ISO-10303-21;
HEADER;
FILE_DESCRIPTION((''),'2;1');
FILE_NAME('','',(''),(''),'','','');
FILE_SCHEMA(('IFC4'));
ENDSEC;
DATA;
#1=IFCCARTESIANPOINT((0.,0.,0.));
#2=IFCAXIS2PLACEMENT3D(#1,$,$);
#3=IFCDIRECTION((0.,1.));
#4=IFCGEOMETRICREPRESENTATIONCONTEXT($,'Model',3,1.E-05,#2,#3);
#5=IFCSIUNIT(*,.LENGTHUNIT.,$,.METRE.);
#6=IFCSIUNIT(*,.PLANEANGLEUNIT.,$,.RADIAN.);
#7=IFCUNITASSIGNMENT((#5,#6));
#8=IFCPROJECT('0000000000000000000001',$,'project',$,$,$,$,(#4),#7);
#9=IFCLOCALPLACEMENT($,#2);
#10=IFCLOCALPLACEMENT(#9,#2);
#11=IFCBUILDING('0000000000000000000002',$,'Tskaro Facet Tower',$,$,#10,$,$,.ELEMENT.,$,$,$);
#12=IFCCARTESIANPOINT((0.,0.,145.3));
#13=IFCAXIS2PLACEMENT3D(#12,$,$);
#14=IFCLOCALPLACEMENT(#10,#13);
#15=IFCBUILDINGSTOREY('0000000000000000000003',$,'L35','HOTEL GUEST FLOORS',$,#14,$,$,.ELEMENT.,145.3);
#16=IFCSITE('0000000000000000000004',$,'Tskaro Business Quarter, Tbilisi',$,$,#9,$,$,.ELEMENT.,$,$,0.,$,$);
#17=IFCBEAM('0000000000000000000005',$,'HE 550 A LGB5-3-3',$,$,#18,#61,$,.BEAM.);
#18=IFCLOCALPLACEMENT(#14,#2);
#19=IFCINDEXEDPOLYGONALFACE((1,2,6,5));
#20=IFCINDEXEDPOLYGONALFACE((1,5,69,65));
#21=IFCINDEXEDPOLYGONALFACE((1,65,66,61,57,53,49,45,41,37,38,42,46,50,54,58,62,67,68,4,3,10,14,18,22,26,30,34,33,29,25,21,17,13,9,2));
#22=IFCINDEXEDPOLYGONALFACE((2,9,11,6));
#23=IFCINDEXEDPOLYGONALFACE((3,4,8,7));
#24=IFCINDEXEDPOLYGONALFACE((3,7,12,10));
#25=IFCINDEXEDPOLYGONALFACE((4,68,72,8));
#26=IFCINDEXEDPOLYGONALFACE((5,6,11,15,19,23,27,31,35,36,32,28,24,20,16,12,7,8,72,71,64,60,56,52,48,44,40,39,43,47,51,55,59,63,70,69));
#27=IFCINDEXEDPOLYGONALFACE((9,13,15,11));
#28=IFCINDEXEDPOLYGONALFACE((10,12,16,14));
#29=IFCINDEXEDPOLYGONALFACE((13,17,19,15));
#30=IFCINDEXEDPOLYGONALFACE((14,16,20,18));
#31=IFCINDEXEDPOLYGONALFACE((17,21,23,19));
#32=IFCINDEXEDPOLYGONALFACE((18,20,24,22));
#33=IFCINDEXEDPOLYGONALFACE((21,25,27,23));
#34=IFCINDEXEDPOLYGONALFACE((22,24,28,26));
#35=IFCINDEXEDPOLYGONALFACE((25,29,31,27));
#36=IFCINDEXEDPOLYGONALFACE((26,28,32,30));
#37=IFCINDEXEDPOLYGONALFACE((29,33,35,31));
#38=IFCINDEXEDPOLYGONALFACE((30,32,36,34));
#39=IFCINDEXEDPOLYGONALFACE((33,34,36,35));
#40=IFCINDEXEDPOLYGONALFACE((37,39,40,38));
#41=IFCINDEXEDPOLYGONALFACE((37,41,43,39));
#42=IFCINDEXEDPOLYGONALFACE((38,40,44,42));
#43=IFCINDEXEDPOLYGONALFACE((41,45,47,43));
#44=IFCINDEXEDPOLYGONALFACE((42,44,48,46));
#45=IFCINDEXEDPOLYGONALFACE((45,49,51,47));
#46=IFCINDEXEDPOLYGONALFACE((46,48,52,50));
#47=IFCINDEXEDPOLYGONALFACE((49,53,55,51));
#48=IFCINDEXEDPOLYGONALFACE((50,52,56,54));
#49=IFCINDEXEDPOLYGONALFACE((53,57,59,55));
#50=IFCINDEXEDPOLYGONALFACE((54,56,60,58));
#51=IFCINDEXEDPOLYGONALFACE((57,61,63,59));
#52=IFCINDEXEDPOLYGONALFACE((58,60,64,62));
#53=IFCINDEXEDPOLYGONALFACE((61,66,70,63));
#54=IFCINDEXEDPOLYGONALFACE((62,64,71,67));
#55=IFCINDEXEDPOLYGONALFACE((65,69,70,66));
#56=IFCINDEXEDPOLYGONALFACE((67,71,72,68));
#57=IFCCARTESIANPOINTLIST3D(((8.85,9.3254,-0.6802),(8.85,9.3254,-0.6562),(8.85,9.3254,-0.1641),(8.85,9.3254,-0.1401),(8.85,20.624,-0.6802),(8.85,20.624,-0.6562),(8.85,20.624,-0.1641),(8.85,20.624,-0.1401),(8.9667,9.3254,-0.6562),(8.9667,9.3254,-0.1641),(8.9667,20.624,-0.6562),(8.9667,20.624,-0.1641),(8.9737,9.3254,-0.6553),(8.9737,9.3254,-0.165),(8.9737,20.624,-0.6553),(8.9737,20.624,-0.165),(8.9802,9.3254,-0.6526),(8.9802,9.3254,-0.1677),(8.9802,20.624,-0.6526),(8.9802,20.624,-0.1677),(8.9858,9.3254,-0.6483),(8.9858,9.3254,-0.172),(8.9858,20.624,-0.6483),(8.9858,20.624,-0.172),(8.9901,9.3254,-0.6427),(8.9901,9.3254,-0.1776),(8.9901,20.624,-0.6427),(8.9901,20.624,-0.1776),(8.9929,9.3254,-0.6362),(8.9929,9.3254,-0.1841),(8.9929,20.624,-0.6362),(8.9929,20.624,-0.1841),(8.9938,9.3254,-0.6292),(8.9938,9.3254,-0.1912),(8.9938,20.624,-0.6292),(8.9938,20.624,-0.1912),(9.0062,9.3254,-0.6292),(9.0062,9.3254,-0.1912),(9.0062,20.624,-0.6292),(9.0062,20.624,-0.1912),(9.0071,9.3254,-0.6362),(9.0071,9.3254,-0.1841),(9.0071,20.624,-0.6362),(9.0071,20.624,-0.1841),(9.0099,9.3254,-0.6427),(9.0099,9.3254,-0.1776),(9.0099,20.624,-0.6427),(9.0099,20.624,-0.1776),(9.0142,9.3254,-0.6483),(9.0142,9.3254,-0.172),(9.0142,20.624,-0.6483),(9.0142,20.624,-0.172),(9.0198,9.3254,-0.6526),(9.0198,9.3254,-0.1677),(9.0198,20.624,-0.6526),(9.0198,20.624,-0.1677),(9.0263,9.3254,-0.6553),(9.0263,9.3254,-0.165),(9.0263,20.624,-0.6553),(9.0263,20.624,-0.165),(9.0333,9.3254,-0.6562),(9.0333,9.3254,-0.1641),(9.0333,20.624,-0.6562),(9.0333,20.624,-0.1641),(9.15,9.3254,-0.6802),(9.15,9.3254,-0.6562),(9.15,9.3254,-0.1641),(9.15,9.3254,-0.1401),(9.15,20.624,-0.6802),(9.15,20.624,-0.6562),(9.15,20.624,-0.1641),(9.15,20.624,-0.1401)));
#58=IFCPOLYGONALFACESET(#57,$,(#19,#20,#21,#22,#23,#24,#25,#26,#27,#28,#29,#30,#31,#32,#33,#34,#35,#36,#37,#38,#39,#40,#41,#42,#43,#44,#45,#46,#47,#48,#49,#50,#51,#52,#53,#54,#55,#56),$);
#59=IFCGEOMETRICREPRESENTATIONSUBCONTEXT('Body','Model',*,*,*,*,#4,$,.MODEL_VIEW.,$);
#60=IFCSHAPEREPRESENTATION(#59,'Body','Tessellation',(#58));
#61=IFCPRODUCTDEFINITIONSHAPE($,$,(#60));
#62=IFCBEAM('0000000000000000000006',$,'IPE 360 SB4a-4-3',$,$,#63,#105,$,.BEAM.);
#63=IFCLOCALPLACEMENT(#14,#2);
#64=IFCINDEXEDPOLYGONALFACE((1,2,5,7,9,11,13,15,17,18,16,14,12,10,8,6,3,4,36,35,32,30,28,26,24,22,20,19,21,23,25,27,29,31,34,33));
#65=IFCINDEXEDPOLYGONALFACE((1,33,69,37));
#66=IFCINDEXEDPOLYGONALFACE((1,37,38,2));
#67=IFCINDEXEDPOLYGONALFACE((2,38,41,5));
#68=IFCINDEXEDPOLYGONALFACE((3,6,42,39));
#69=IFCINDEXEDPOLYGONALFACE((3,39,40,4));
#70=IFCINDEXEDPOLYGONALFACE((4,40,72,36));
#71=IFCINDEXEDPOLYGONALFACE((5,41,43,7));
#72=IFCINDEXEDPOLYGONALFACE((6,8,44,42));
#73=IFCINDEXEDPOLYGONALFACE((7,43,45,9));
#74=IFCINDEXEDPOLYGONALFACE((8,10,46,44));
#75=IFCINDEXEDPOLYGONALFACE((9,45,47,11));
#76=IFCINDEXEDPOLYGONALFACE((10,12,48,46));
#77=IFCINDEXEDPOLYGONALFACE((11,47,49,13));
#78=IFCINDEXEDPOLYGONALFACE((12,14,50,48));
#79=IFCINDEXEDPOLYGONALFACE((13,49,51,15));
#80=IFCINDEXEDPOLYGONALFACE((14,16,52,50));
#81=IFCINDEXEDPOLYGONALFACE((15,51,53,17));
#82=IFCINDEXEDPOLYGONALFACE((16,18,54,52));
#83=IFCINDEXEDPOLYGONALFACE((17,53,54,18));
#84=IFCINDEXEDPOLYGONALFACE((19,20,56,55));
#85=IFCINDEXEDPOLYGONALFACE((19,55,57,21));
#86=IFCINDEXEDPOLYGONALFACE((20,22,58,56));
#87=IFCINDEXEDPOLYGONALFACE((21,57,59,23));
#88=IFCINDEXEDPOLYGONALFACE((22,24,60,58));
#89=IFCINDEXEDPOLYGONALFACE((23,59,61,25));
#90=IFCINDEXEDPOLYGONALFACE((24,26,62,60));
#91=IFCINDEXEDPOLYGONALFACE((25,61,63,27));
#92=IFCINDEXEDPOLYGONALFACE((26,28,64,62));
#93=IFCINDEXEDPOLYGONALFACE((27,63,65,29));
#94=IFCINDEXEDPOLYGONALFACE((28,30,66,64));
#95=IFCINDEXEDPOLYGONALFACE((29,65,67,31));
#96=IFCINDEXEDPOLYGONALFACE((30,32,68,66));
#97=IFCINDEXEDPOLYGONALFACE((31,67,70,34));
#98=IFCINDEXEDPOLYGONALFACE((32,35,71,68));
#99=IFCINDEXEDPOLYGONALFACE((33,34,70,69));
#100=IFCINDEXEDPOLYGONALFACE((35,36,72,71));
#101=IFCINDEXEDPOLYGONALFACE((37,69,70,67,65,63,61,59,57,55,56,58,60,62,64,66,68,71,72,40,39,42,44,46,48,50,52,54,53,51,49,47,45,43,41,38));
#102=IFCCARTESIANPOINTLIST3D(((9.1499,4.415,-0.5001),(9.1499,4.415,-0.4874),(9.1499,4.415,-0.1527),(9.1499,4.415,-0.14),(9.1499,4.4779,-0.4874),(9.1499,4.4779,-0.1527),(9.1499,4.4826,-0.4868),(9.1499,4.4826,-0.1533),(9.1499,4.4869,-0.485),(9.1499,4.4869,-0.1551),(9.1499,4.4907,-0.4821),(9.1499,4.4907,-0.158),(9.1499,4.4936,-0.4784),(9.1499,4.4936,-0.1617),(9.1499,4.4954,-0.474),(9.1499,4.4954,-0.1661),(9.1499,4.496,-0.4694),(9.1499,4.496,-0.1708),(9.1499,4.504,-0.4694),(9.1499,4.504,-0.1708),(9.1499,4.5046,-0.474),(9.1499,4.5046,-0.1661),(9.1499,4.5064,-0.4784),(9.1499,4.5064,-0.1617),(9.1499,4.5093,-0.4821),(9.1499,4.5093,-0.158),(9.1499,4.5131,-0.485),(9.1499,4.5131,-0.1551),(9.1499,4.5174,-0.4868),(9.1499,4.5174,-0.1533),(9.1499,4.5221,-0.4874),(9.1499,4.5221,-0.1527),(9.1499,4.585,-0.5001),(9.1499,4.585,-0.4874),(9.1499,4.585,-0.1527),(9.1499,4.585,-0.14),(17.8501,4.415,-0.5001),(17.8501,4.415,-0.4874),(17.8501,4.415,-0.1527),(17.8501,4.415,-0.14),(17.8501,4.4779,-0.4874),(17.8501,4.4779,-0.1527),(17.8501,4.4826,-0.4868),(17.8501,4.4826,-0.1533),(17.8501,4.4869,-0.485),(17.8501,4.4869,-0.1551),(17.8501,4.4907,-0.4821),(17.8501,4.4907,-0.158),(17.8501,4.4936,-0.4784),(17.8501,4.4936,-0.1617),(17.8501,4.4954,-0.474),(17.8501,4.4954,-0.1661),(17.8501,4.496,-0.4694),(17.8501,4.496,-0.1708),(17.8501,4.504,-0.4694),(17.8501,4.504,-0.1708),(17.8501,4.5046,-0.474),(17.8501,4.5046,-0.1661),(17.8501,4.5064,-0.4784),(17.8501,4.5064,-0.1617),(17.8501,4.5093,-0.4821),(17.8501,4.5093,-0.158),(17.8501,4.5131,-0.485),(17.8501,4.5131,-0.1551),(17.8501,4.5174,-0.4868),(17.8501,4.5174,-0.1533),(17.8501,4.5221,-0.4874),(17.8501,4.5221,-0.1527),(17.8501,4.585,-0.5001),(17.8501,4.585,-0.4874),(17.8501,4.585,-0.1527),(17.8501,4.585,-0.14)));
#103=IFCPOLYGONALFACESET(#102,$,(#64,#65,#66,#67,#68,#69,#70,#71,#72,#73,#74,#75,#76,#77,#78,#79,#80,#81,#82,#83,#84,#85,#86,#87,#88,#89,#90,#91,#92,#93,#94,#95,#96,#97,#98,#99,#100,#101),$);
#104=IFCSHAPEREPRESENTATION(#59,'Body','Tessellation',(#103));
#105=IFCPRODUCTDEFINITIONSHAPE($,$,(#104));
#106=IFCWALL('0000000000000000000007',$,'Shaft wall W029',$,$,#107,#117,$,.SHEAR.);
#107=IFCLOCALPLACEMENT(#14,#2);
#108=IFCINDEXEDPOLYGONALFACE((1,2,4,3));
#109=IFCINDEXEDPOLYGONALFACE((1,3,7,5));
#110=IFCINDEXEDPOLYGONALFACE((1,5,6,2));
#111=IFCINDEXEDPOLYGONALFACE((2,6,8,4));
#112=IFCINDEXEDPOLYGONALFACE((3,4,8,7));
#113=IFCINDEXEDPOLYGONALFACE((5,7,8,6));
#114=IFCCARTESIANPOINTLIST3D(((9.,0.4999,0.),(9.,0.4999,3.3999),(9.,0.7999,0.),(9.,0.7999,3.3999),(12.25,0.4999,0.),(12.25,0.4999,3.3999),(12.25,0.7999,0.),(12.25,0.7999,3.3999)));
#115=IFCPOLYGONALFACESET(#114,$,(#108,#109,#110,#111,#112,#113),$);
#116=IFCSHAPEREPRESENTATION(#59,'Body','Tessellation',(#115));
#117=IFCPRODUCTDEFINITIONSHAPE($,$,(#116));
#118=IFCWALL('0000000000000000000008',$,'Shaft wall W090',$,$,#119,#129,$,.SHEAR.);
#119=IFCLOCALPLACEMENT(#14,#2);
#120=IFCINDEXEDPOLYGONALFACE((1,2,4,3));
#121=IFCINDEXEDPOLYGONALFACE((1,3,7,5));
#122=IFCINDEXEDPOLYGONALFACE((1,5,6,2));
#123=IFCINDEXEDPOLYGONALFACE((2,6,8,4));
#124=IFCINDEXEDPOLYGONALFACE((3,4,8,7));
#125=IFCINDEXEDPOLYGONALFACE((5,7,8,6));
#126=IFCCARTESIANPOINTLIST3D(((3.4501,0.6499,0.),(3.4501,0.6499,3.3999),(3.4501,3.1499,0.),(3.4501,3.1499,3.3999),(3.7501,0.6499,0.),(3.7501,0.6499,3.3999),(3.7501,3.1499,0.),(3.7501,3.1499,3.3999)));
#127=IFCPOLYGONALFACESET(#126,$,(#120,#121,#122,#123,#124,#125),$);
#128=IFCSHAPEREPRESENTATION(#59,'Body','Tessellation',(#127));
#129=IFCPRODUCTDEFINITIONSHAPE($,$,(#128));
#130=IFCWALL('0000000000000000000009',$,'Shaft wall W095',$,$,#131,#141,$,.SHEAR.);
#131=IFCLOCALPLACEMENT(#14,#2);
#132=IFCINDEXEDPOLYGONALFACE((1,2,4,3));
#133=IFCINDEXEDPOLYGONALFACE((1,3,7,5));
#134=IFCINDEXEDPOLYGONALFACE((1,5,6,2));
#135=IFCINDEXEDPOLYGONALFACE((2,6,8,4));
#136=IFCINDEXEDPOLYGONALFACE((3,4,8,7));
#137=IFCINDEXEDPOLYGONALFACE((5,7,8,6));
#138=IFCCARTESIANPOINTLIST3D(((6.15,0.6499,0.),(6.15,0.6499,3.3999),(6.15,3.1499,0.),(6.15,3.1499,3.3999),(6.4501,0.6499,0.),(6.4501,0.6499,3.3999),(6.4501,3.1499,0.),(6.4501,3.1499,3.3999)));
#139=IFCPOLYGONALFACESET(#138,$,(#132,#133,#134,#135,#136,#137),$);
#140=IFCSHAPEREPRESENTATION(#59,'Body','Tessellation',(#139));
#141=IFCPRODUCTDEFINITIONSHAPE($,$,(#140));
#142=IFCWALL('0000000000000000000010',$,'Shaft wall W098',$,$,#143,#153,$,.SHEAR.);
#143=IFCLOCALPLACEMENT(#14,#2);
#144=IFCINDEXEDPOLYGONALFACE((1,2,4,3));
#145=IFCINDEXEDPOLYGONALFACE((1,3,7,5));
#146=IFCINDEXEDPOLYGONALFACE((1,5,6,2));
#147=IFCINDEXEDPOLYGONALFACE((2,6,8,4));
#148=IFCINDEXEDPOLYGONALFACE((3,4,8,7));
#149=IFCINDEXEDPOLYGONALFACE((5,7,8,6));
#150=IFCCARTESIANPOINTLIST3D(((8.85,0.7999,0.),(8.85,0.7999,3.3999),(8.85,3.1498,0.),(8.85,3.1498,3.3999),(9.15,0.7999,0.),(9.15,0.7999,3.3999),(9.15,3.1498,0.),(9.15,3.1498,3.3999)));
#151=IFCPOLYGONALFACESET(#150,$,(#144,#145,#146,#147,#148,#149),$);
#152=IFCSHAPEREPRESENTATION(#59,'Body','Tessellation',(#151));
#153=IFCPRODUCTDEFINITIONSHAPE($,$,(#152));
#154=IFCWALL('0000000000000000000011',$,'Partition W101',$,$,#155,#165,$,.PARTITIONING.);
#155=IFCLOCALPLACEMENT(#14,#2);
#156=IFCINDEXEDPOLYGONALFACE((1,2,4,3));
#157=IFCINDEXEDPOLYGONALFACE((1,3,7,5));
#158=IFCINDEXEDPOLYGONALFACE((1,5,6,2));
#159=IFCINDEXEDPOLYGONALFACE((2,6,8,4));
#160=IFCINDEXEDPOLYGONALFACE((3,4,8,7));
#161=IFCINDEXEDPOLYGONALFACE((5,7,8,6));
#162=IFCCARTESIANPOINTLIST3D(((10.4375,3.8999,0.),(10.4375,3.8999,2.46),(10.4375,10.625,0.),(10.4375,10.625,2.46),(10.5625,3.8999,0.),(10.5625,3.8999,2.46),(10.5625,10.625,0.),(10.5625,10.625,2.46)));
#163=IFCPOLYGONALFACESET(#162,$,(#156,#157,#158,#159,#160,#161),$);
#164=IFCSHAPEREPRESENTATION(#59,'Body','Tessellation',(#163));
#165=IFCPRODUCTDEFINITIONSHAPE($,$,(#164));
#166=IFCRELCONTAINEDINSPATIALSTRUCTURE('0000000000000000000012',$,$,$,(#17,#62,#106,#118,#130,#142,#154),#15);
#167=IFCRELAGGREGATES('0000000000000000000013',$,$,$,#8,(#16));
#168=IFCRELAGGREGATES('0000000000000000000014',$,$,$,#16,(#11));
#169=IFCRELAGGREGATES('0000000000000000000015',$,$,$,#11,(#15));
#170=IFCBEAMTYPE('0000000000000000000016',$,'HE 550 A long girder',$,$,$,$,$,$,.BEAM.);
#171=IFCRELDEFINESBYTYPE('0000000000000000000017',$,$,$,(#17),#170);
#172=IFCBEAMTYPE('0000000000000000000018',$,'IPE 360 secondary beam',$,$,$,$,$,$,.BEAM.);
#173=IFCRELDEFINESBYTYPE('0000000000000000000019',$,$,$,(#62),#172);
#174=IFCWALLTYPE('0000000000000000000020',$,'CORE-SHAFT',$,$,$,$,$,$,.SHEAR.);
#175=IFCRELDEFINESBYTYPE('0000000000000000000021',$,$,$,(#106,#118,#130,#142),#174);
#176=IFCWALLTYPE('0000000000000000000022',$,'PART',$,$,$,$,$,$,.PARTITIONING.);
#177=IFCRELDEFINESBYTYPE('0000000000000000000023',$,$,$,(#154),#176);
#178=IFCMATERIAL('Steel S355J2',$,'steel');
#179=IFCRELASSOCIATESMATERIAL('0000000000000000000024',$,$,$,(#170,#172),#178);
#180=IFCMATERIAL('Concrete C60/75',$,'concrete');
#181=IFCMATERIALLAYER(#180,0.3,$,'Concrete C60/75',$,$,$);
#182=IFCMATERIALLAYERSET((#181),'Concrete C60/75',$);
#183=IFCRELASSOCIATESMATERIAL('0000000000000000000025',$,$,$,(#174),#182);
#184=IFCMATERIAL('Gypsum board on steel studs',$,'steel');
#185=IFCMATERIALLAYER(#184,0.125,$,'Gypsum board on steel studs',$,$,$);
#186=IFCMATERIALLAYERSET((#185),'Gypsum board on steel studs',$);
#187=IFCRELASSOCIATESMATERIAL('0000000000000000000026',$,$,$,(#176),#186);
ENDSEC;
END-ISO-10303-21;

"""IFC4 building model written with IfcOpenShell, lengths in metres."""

from ifc_helpers import new_model, si_unit, direction, frame, frame_2d, origin, origin_2d, place, context, subcontext, project, spatial, rectangle, i_section, extrude, material, layer, layer_set, material_profile, profile_set, type_object, element, save


model = new_model("IFC4")

# Units and contexts
model_context = context("Model", 3, precision=1e-05, world=origin(), true_north=direction((0.0, 1.0)))
body_context = subcontext(model_context, "Body", "Model", "MODEL_VIEW")
ifc_project = project(units=[si_unit("LENGTHUNIT", "METRE"), si_unit("PLANEANGLEUNIT", "RADIAN")], contexts=[model_context])

# Site, building, storey
site_placement = place(None, origin())
site = spatial("IfcSite", under=ifc_project, at=site_placement, Name="Tskaro Business Quarter, Tbilisi", CompositionType="ELEMENT", RefElevation=0.0)
building_placement = place(site_placement, origin())
building = spatial("IfcBuilding", under=site, at=building_placement, Name="Tskaro Facet Tower", CompositionType="ELEMENT")
storey_placement = place(building_placement, frame((0.0, 0.0, 145.3)))
storey = spatial("IfcBuildingStorey", under=building, at=storey_placement, Name="L35", Description="HOTEL GUEST FLOORS", CompositionType="ELEMENT", Elevation=145.3)

# Beams
ifc_material_1 = material(Name="Steel S355J2", Category="steel")
ifc_material_profile_1 = material_profile(ifc_material_1, i_section(OverallWidth=0.3, OverallDepth=0.54, WebThickness=0.0125, FlangeThickness=0.0239, FilletRadius=0.0271, at=origin_2d()), Name="HE 550 A")
ifc_profile_set_1 = profile_set([ifc_material_profile_1], Name="Steel S355J2")
beam_type_1 = type_object("IfcBeamType", Name="HE 550 A long girder", PredefinedType="BEAM", material=ifc_profile_set_1)
beam_1_placement = place(storey_placement, frame((9.0, 9.3254, -0.4102), z_axis=(0.0, 1.0, 0.0), x_axis=(-1.0, 0.0, 0.0)))
element("IfcBeam", 1, at=beam_1_placement, inside=storey, type_object=beam_type_1, Name="HE 550 A LGB5-3-3", PredefinedType="BEAM", context=body_context, shape_type="SweptSolid", body=[
    extrude(i_section(OverallWidth=0.3, OverallDepth=0.54, WebThickness=0.0125, FlangeThickness=0.0239, FilletRadius=0.0271, at=origin_2d()), origin(), (0.0, 0.0, 1.0), 11.2986),
])
ifc_material_profile_2 = material_profile(ifc_material_1, i_section(OverallWidth=0.1699, OverallDepth=0.3601, WebThickness=0.0081, FlangeThickness=0.0127, FilletRadius=0.0181, at=origin_2d()), Name="IPE 360")
ifc_profile_set_2 = profile_set([ifc_material_profile_2], Name="Steel S355J2")
beam_type_2 = type_object("IfcBeamType", Name="IPE 360 secondary beam", PredefinedType="BEAM", material=ifc_profile_set_2)
beam_2_placement = place(storey_placement, frame((9.1499, 4.5, -0.3201), z_axis=(1.0, 0.0, 0.0), x_axis=(0.0, 1.0, 0.0)))
element("IfcBeam", 2, at=beam_2_placement, inside=storey, type_object=beam_type_2, Name="IPE 360 SB4a-4-3", PredefinedType="BEAM", context=body_context, shape_type="SweptSolid", body=[
    extrude(i_section(OverallWidth=0.1699, OverallDepth=0.3601, WebThickness=0.0081, FlangeThickness=0.0127, FilletRadius=0.0181, at=origin_2d()), origin(), (0.0, 0.0, 1.0), 8.7002),
])

# Walls
ifc_material_2 = material(Name="Concrete C60/75", Category="concrete")
ifc_layer_1 = layer(ifc_material_2, 0.3, Name="Concrete C60/75")
ifc_layer_set_1 = layer_set([ifc_layer_1], Name="Concrete C60/75")
wall_type_1 = type_object("IfcWallType", Name="CORE-SHAFT", PredefinedType="SHEAR", material=ifc_layer_set_1)
wall_1_placement = place(storey_placement, frame((12.25, 0.6499, 0.0), z_axis=(0.0, 0.0, 1.0), x_axis=(-1.0, 0.0, 0.0)))
element("IfcWall", 3, at=wall_1_placement, inside=storey, type_object=wall_type_1, Name="Shaft wall W029", PredefinedType="SHEAR", context=body_context, shape_type="SweptSolid", body=[
    extrude(rectangle(XDim=3.25, YDim=0.3, at=frame_2d((1.625, 0.0))), origin(), (0.0, 0.0, 1.0), 3.3999),
])
for number, where, z_axis, x_axis, name in (
    (4, (3.6001, 0.6499, 0.0), (0.0, 0.0, 1.0), (0.0, 1.0, 0.0), "Shaft wall W090"),
    (5, (6.3, 0.6499, 0.0), (0.0, 0.0, 1.0), (0.0, 1.0, 0.0), "Shaft wall W095"),
):
    element("IfcWall", number, at=place(storey_placement, frame(where, z_axis=z_axis, x_axis=x_axis)), inside=storey, type_object=wall_type_1, Name=name, PredefinedType="SHEAR", context=body_context, shape_type="SweptSolid", body=[
        extrude(rectangle(XDim=2.5, YDim=0.3, at=frame_2d((1.25, 0.0))), origin(), (0.0, 0.0, 1.0), 3.3999),
    ])
wall_2_placement = place(storey_placement, frame((9.0, 0.8, 0.0), z_axis=(0.0, 0.0, 1.0), x_axis=(0.0, 1.0, 0.0)))
element("IfcWall", 6, at=wall_2_placement, inside=storey, type_object=wall_type_1, Name="Shaft wall W098", PredefinedType="SHEAR", context=body_context, shape_type="SweptSolid", body=[
    extrude(rectangle(XDim=2.3499, YDim=0.3, at=frame_2d((1.1748, 0.0))), origin(), (0.0, 0.0, 1.0), 3.3999),
])
ifc_material_3 = material(Name="Gypsum board on steel studs", Category="steel")
ifc_layer_2 = layer(ifc_material_3, 0.125, Name="Gypsum board on steel studs")
ifc_layer_set_2 = layer_set([ifc_layer_2], Name="Gypsum board on steel studs")
wall_type_2 = type_object("IfcWallType", Name="PART", PredefinedType="PARTITIONING", material=ifc_layer_set_2)
wall_3_placement = place(storey_placement, frame((10.5, 3.8999, 0.0), z_axis=(0.0, 0.0, 1.0), x_axis=(0.0, 1.0, 0.0)))
element("IfcWall", 7, at=wall_3_placement, inside=storey, type_object=wall_type_2, Name="Partition W101", PredefinedType="PARTITIONING", context=body_context, shape_type="SweptSolid", body=[
    extrude(rectangle(XDim=6.7251, YDim=0.125, at=frame_2d((3.3625, 0.0))), origin(), (0.0, 0.0, 1.0), 2.46),
])

save(model, "model.ifc")
